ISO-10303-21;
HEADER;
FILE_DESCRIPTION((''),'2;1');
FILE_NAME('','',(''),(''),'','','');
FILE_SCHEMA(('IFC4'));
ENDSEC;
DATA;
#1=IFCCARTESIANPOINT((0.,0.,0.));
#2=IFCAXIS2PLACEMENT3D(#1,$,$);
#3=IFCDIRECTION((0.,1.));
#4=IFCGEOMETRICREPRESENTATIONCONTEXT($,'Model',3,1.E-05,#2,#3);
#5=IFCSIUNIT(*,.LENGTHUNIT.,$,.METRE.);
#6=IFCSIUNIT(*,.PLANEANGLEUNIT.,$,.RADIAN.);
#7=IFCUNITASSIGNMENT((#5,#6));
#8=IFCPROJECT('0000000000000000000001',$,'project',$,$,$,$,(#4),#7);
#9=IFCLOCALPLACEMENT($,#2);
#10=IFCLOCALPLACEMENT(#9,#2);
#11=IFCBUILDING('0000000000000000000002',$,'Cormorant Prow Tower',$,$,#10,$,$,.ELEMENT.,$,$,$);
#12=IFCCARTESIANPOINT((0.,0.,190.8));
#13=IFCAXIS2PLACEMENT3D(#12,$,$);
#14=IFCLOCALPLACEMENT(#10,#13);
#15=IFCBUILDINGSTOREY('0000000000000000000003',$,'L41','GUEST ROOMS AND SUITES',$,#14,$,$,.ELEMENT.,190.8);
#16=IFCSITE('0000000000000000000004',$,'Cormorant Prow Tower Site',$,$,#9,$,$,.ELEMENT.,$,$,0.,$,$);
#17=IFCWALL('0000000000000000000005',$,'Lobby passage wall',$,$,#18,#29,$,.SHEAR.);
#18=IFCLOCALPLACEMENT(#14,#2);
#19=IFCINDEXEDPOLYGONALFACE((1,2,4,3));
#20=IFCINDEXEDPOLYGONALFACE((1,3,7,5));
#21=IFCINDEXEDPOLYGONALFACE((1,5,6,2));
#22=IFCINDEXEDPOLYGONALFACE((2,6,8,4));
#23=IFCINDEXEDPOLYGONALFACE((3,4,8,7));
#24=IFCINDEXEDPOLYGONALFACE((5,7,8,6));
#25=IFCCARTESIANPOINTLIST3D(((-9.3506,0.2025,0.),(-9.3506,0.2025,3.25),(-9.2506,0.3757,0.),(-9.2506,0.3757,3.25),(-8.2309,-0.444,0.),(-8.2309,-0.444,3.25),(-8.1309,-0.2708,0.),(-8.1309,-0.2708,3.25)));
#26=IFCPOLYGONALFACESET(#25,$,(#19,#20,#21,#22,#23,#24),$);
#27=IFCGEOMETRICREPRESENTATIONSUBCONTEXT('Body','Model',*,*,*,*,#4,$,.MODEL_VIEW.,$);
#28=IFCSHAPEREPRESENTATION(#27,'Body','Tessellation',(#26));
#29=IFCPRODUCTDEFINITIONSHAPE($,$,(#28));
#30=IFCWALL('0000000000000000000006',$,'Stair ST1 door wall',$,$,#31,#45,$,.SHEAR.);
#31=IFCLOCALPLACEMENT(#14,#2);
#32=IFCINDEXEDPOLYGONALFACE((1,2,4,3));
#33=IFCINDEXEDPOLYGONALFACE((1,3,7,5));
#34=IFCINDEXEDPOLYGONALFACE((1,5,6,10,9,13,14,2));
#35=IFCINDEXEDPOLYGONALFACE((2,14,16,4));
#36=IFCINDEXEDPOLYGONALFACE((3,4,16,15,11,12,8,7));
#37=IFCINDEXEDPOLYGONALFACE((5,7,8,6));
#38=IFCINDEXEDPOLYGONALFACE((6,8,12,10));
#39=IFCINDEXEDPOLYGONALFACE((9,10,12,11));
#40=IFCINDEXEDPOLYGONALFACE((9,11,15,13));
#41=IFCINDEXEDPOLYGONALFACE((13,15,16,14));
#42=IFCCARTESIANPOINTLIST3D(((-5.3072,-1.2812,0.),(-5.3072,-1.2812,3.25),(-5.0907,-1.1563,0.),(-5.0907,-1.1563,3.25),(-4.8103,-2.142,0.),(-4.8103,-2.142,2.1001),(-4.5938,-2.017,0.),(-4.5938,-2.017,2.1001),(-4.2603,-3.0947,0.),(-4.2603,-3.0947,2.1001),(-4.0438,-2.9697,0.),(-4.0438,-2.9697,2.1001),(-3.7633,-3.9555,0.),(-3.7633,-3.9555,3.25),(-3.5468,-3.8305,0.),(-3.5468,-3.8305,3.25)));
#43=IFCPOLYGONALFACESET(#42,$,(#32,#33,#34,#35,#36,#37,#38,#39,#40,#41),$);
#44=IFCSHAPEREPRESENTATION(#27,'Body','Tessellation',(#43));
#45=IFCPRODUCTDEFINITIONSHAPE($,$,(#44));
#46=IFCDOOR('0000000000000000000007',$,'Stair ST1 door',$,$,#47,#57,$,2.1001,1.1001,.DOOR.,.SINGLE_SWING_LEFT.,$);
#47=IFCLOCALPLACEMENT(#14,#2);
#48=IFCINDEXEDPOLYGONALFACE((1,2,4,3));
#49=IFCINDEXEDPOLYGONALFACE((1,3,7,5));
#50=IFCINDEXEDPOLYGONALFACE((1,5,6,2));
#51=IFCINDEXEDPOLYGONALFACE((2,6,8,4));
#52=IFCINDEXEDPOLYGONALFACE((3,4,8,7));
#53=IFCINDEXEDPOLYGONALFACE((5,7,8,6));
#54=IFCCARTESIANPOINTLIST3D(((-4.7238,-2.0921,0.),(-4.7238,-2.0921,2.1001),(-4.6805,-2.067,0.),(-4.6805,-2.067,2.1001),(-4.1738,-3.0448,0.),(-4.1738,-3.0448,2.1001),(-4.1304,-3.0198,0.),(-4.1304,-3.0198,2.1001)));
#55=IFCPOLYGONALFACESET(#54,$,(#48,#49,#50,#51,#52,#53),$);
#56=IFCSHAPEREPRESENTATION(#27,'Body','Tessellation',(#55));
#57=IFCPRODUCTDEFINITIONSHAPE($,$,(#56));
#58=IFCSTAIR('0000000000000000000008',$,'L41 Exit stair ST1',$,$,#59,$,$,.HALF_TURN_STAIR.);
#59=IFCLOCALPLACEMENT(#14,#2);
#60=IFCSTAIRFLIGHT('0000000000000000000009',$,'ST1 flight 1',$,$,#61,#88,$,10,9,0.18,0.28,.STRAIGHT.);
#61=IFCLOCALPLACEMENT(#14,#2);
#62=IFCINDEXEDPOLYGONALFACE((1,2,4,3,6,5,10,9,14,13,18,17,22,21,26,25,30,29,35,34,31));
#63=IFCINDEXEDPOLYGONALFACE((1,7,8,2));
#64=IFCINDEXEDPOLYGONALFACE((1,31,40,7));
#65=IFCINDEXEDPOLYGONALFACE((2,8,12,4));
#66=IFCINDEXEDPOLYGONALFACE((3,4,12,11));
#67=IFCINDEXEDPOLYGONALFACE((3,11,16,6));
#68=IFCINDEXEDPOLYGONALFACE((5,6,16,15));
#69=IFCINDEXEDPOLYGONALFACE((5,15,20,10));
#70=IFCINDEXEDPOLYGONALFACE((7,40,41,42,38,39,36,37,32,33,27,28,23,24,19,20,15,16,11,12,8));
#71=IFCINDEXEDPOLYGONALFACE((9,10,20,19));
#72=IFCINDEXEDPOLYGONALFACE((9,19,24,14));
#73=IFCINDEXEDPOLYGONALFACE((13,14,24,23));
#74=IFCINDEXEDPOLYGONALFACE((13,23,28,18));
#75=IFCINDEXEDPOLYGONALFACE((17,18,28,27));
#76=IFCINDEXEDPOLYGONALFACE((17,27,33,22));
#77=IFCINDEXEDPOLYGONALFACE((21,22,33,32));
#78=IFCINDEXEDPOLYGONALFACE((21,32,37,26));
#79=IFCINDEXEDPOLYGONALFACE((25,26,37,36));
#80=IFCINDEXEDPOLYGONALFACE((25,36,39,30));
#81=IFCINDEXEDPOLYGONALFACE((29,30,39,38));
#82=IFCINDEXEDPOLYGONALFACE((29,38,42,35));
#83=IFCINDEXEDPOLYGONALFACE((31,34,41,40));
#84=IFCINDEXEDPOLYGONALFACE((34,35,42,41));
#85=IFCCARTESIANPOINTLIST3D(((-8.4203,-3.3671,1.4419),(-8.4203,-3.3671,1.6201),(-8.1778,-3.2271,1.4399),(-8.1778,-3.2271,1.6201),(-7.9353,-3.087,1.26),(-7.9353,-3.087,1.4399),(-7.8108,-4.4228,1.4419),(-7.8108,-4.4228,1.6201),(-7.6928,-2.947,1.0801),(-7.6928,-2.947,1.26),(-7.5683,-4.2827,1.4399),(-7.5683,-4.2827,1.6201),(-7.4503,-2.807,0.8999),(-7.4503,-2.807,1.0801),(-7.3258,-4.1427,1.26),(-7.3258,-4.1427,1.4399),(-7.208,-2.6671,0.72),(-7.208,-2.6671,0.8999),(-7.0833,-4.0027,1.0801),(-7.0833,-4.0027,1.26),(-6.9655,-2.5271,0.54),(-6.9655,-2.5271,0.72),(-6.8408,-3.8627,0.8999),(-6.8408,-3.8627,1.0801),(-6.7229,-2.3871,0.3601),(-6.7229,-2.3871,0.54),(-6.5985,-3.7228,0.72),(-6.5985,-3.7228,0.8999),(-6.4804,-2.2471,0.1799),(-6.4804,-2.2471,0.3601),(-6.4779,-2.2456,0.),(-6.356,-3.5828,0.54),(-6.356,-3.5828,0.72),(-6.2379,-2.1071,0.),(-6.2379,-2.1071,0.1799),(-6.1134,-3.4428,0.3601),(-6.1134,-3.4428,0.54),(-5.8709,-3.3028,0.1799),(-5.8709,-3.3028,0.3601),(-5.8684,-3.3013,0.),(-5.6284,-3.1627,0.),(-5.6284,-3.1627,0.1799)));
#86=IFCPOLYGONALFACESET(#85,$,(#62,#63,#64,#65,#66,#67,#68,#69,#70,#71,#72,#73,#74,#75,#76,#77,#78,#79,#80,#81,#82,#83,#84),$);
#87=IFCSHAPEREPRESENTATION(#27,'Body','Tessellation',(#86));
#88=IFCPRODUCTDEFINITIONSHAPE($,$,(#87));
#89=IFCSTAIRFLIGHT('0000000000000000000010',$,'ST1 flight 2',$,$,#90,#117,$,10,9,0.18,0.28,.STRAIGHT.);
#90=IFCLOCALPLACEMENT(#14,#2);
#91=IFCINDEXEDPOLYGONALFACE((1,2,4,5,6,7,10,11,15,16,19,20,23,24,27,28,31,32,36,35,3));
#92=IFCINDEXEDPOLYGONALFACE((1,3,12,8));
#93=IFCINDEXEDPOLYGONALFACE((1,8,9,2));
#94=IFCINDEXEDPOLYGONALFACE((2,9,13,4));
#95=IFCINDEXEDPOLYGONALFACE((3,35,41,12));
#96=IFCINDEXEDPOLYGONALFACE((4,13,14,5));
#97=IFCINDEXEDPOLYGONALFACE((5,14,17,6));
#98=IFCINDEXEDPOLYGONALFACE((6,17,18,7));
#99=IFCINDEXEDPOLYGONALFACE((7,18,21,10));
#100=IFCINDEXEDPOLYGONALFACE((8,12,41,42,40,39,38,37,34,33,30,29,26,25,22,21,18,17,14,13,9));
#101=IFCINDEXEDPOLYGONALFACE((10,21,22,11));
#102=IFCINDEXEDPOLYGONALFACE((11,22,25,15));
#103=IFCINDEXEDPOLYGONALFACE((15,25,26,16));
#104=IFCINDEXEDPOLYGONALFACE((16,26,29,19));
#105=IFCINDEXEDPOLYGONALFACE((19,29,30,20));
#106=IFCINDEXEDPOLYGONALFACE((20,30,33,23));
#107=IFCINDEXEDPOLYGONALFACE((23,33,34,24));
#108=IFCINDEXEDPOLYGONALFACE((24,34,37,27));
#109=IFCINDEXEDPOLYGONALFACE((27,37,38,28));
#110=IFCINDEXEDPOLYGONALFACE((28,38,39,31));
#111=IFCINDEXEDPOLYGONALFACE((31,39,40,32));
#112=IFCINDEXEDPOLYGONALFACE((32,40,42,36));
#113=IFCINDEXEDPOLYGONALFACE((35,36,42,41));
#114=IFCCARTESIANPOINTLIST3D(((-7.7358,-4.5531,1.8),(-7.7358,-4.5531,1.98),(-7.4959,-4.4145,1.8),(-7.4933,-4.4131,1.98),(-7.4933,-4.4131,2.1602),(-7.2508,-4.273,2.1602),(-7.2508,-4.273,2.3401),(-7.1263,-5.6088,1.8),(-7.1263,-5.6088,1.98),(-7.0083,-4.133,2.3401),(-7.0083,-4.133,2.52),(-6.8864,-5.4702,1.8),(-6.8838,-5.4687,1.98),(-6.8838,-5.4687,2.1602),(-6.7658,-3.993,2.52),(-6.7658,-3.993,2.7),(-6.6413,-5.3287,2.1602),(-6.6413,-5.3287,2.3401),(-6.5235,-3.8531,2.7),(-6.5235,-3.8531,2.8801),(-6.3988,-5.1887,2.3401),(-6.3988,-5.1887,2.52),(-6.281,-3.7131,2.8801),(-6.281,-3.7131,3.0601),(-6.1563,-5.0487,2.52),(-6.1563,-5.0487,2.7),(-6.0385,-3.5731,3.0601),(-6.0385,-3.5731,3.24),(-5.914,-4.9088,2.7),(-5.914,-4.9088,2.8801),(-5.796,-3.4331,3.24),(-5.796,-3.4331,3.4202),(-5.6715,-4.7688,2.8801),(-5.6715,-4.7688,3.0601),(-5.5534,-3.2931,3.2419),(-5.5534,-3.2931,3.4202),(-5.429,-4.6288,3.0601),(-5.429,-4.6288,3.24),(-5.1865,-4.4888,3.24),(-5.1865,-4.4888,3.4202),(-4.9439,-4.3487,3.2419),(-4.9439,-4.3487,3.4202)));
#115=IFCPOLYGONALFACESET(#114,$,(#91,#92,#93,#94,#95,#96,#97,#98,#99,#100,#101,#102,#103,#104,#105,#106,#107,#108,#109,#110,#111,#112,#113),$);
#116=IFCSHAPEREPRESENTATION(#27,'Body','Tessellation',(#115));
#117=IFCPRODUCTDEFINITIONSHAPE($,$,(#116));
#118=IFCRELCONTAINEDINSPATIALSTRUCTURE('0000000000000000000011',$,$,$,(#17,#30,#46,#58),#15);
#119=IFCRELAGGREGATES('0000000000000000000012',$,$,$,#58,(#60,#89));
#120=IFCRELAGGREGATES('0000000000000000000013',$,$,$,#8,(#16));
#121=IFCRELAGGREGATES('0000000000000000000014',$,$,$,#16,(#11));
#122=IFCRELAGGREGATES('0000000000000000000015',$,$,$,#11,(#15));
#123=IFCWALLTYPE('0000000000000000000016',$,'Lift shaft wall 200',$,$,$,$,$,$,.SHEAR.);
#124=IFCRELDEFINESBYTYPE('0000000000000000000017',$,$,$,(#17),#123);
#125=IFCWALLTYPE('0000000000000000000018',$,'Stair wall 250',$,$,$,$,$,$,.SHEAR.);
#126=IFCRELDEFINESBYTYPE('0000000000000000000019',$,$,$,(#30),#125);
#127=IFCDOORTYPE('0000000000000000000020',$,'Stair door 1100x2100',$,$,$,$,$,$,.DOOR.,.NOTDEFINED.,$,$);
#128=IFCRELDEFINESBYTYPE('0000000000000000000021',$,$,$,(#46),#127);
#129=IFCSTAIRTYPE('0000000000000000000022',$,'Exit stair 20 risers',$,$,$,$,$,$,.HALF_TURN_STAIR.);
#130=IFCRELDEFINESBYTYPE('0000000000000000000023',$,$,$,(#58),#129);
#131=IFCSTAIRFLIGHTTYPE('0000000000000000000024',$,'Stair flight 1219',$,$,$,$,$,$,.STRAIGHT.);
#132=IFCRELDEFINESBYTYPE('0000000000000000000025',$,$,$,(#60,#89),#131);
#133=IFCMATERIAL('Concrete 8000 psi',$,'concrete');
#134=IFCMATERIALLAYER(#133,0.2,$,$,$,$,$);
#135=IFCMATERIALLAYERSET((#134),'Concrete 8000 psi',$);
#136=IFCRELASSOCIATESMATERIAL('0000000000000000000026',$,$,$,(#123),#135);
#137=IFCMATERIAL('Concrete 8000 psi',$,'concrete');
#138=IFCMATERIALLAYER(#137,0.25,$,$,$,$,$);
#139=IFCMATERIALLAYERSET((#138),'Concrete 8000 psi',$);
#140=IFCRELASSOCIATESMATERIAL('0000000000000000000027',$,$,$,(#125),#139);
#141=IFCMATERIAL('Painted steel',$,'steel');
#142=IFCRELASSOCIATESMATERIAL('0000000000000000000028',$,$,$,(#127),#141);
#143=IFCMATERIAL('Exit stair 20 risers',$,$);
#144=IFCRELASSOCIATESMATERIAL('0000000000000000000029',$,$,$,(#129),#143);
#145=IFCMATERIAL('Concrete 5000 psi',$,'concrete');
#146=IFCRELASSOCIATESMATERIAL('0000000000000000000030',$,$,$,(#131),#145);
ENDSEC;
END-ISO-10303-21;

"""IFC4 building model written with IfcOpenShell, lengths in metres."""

from ifc_helpers import new_model, si_unit, direction, frame, frame_2d, origin, place, context, subcontext, project, spatial, polyline, rectangle, outline, extrude, material, layer, layer_set, type_object, element, fill, aggregate, save


model = new_model("IFC4")

# Units and contexts
model_context = context("Model", 3, precision=1e-05, world=origin(), true_north=direction((0.0, 1.0)))
body_context = subcontext(model_context, "Body", "Model", "MODEL_VIEW")
ifc_project = project(units=[si_unit("LENGTHUNIT", "METRE"), si_unit("PLANEANGLEUNIT", "RADIAN")], contexts=[model_context])

# Site, building, storey
site_placement = place(None, origin())
site = spatial("IfcSite", under=ifc_project, at=site_placement, Name="Cormorant Prow Tower Site", CompositionType="ELEMENT", RefElevation=0.0)
building_placement = place(site_placement, origin())
building = spatial("IfcBuilding", under=site, at=building_placement, Name="Cormorant Prow Tower", CompositionType="ELEMENT")
storey_placement = place(building_placement, frame((0.0, 0.0, 190.8)))
storey = spatial("IfcBuildingStorey", under=building, at=storey_placement, Name="L41", Description="GUEST ROOMS AND SUITES", CompositionType="ELEMENT", Elevation=190.8)

# Wall
ifc_material_1 = material(Name="Concrete 8000 psi", Category="concrete")
ifc_layer_1 = layer(ifc_material_1, 0.2)
ifc_layer_set_1 = layer_set([ifc_layer_1], Name="Concrete 8000 psi")
wall_type_1 = type_object("IfcWallType", Name="Lift shaft wall 200", PredefinedType="SHEAR", material=ifc_layer_set_1)
for number, where, z_axis, x_axis, name in (
    (1, (-8.1809, -0.3574, 0.0), (0.0, 0.0, 1.0), (-0.866003, 0.500038, 0.0), "Lobby passage wall"),
):
    element("IfcWall", number, at=place(storey_placement, frame(where, z_axis=z_axis, x_axis=x_axis)), inside=storey, type_object=wall_type_1, Name=name, PredefinedType="SHEAR", context=body_context, shape_type="SweptSolid", body=[
        extrude(rectangle(XDim=1.293, YDim=0.2, at=frame_2d((0.6465, 0.0))), origin(), (0.0, 0.0, 1.0), 3.25),
    ])

# Wall, opening, door
ifc_material_2 = material(Name="Concrete 8000 psi", Category="concrete")
ifc_layer_2 = layer(ifc_material_2, 0.25)
ifc_layer_set_2 = layer_set([ifc_layer_2], Name="Concrete 8000 psi")
wall_type_2 = type_object("IfcWallType", Name="Stair wall 250", PredefinedType="SHEAR", material=ifc_layer_set_2)
wall_1_placement = place(storey_placement, frame((-5.199, -1.2188, 0.0), z_axis=(0.0, 0.0, 1.0), x_axis=(0.499983, -0.866035, 0.0)))
wall_1 = element("IfcWall", 2, at=wall_1_placement, inside=storey, type_object=wall_type_2, Name="Stair ST1 door wall", PredefinedType="SHEAR", context=body_context, shape_type="SweptSolid", body=[
    extrude(rectangle(XDim=3.0879, YDim=0.25, at=frame_2d((1.5439, 0.0))), origin(), (0.0, 0.0, 1.0), 3.25),
])
opening_1_placement = place(wall_1_placement, frame((0.9939, 0.0, 0.0)))
opening_1 = element("IfcOpeningElement", 3, at=opening_1_placement, cuts=wall_1, PredefinedType="OPENING", context=body_context, shape_type="SweptSolid", body=[
    extrude(rectangle(XDim=1.1001, YDim=2.1001, at=frame_2d((0.55, 1.05))), frame((0.0, 0.135, 0.0), z_axis=(0.0, -1.0, 0.0), x_axis=(1.0, 0.0, 0.0)), (0.0, 0.0, 1.0), 0.27),
])
ifc_material_3 = material(Name="Painted steel", Category="steel")
door_type_1 = type_object("IfcDoorType", Name="Stair door 1100x2100", OperationType="NOTDEFINED", PredefinedType="DOOR", material=ifc_material_3)
door_1_placement = place(opening_1_placement, origin())
door_1 = element("IfcDoor", 4, at=door_1_placement, inside=storey, type_object=door_type_1, Name="Stair ST1 door", OperationType="SINGLE_SWING_LEFT", OverallHeight=2.1001, OverallWidth=1.1001, PredefinedType="DOOR", context=body_context, shape_type="SweptSolid", body=[
    extrude(rectangle(XDim=1.1001, YDim=2.1001, at=frame_2d((0.55, 1.05))), frame((0.0, 0.0249, 0.0), z_axis=(0.0, -1.0, 0.0), x_axis=(1.0, 0.0, 0.0)), (0.0, 0.0, 1.0), 0.05),
])
fill(opening_1, door_1)

# Stair, stair flights
ifc_material_4 = material(Name="Exit stair 20 risers")
stair_type = type_object("IfcStairType", Name="Exit stair 20 risers", PredefinedType="HALF_TURN_STAIR", material=ifc_material_4)
stair_placement = place(storey_placement, origin())
stair = element("IfcStair", 5, at=stair_placement, inside=storey, type_object=stair_type, Name="L41 Exit stair ST1", PredefinedType="HALF_TURN_STAIR")
ifc_material_5 = material(Name="Concrete 5000 psi", Category="concrete")
stair_flight_type = type_object("IfcStairFlightType", Name="Stair flight 1219", PredefinedType="STRAIGHT", material=ifc_material_5)
stair_flight_1_placement = place(storey_placement, frame((-5.9331, -2.635, 0.0), z_axis=(0.0, 0.0, 1.0), x_axis=(-0.866025, -0.5, 0.0)))
stair_flight_1 = element("IfcStairFlight", 6, at=stair_flight_1_placement, type_object=stair_flight_type, Name="ST1 flight 1", NumberOfRisers=10, NumberOfTreads=9, PredefinedType="STRAIGHT", RiserHeight=0.18, TreadLength=0.28, context=body_context, shape_type="SweptSolid", body=[
    extrude(outline(polyline([(0.0, 0.0), (0.0, 0.1799), (0.28, 0.1799), (0.28, 0.3601), (0.5601, 0.3601), (0.5601, 0.54), (0.8401, 0.54), (0.8401, 0.72), (1.1201, 0.72), (1.1201, 0.8999), (1.3999, 0.8999), (1.3999, 1.0801), (1.6799, 1.0801), (1.6799, 1.26), (1.96, 1.26), (1.96, 1.4399), (2.24, 1.4399), (2.24, 1.6201), (2.52, 1.6201), (2.52, 1.8), (2.52, 1.4419), (0.2771, 0.0), (0.0, 0.0)])), frame((0.0, 0.6094, 0.0), z_axis=(0.0, -1.0, 0.0), x_axis=(1.0, 0.0, 0.0)), (0.0, 0.0, 1.0), 1.219),
])
stair_flight_2_placement = place(storey_placement, frame((-7.4312, -5.0808, 1.8), z_axis=(0.0, 0.0, 1.0), x_axis=(0.866025, 0.5, 0.0)))
stair_flight_2 = element("IfcStairFlight", 7, at=stair_flight_2_placement, type_object=stair_flight_type, Name="ST1 flight 2", NumberOfRisers=10, NumberOfTreads=9, PredefinedType="STRAIGHT", RiserHeight=0.18, TreadLength=0.28, context=body_context, shape_type="SweptSolid", body=[
    extrude(outline(polyline([(0.0, 0.0), (0.0, 0.1799), (0.28, 0.1799), (0.28, 0.3601), (0.5601, 0.3601), (0.5601, 0.54), (0.8401, 0.54), (0.8401, 0.72), (1.1201, 0.72), (1.1201, 0.8999), (1.3999, 0.8999), (1.3999, 1.0801), (1.6799, 1.0801), (1.6799, 1.26), (1.96, 1.26), (1.96, 1.4399), (2.24, 1.4399), (2.24, 1.6201), (2.52, 1.6201), (2.52, 1.8), (2.52, 1.4419), (0.2771, 0.0), (0.0, 0.0)])), frame((0.0, 0.6094, 0.0), z_axis=(0.0, -1.0, 0.0), x_axis=(1.0, 0.0, 0.0)), (0.0, 0.0, 1.0), 1.219),
])
aggregate(stair, [stair_flight_1, stair_flight_2])

save(model, "model.ifc")
